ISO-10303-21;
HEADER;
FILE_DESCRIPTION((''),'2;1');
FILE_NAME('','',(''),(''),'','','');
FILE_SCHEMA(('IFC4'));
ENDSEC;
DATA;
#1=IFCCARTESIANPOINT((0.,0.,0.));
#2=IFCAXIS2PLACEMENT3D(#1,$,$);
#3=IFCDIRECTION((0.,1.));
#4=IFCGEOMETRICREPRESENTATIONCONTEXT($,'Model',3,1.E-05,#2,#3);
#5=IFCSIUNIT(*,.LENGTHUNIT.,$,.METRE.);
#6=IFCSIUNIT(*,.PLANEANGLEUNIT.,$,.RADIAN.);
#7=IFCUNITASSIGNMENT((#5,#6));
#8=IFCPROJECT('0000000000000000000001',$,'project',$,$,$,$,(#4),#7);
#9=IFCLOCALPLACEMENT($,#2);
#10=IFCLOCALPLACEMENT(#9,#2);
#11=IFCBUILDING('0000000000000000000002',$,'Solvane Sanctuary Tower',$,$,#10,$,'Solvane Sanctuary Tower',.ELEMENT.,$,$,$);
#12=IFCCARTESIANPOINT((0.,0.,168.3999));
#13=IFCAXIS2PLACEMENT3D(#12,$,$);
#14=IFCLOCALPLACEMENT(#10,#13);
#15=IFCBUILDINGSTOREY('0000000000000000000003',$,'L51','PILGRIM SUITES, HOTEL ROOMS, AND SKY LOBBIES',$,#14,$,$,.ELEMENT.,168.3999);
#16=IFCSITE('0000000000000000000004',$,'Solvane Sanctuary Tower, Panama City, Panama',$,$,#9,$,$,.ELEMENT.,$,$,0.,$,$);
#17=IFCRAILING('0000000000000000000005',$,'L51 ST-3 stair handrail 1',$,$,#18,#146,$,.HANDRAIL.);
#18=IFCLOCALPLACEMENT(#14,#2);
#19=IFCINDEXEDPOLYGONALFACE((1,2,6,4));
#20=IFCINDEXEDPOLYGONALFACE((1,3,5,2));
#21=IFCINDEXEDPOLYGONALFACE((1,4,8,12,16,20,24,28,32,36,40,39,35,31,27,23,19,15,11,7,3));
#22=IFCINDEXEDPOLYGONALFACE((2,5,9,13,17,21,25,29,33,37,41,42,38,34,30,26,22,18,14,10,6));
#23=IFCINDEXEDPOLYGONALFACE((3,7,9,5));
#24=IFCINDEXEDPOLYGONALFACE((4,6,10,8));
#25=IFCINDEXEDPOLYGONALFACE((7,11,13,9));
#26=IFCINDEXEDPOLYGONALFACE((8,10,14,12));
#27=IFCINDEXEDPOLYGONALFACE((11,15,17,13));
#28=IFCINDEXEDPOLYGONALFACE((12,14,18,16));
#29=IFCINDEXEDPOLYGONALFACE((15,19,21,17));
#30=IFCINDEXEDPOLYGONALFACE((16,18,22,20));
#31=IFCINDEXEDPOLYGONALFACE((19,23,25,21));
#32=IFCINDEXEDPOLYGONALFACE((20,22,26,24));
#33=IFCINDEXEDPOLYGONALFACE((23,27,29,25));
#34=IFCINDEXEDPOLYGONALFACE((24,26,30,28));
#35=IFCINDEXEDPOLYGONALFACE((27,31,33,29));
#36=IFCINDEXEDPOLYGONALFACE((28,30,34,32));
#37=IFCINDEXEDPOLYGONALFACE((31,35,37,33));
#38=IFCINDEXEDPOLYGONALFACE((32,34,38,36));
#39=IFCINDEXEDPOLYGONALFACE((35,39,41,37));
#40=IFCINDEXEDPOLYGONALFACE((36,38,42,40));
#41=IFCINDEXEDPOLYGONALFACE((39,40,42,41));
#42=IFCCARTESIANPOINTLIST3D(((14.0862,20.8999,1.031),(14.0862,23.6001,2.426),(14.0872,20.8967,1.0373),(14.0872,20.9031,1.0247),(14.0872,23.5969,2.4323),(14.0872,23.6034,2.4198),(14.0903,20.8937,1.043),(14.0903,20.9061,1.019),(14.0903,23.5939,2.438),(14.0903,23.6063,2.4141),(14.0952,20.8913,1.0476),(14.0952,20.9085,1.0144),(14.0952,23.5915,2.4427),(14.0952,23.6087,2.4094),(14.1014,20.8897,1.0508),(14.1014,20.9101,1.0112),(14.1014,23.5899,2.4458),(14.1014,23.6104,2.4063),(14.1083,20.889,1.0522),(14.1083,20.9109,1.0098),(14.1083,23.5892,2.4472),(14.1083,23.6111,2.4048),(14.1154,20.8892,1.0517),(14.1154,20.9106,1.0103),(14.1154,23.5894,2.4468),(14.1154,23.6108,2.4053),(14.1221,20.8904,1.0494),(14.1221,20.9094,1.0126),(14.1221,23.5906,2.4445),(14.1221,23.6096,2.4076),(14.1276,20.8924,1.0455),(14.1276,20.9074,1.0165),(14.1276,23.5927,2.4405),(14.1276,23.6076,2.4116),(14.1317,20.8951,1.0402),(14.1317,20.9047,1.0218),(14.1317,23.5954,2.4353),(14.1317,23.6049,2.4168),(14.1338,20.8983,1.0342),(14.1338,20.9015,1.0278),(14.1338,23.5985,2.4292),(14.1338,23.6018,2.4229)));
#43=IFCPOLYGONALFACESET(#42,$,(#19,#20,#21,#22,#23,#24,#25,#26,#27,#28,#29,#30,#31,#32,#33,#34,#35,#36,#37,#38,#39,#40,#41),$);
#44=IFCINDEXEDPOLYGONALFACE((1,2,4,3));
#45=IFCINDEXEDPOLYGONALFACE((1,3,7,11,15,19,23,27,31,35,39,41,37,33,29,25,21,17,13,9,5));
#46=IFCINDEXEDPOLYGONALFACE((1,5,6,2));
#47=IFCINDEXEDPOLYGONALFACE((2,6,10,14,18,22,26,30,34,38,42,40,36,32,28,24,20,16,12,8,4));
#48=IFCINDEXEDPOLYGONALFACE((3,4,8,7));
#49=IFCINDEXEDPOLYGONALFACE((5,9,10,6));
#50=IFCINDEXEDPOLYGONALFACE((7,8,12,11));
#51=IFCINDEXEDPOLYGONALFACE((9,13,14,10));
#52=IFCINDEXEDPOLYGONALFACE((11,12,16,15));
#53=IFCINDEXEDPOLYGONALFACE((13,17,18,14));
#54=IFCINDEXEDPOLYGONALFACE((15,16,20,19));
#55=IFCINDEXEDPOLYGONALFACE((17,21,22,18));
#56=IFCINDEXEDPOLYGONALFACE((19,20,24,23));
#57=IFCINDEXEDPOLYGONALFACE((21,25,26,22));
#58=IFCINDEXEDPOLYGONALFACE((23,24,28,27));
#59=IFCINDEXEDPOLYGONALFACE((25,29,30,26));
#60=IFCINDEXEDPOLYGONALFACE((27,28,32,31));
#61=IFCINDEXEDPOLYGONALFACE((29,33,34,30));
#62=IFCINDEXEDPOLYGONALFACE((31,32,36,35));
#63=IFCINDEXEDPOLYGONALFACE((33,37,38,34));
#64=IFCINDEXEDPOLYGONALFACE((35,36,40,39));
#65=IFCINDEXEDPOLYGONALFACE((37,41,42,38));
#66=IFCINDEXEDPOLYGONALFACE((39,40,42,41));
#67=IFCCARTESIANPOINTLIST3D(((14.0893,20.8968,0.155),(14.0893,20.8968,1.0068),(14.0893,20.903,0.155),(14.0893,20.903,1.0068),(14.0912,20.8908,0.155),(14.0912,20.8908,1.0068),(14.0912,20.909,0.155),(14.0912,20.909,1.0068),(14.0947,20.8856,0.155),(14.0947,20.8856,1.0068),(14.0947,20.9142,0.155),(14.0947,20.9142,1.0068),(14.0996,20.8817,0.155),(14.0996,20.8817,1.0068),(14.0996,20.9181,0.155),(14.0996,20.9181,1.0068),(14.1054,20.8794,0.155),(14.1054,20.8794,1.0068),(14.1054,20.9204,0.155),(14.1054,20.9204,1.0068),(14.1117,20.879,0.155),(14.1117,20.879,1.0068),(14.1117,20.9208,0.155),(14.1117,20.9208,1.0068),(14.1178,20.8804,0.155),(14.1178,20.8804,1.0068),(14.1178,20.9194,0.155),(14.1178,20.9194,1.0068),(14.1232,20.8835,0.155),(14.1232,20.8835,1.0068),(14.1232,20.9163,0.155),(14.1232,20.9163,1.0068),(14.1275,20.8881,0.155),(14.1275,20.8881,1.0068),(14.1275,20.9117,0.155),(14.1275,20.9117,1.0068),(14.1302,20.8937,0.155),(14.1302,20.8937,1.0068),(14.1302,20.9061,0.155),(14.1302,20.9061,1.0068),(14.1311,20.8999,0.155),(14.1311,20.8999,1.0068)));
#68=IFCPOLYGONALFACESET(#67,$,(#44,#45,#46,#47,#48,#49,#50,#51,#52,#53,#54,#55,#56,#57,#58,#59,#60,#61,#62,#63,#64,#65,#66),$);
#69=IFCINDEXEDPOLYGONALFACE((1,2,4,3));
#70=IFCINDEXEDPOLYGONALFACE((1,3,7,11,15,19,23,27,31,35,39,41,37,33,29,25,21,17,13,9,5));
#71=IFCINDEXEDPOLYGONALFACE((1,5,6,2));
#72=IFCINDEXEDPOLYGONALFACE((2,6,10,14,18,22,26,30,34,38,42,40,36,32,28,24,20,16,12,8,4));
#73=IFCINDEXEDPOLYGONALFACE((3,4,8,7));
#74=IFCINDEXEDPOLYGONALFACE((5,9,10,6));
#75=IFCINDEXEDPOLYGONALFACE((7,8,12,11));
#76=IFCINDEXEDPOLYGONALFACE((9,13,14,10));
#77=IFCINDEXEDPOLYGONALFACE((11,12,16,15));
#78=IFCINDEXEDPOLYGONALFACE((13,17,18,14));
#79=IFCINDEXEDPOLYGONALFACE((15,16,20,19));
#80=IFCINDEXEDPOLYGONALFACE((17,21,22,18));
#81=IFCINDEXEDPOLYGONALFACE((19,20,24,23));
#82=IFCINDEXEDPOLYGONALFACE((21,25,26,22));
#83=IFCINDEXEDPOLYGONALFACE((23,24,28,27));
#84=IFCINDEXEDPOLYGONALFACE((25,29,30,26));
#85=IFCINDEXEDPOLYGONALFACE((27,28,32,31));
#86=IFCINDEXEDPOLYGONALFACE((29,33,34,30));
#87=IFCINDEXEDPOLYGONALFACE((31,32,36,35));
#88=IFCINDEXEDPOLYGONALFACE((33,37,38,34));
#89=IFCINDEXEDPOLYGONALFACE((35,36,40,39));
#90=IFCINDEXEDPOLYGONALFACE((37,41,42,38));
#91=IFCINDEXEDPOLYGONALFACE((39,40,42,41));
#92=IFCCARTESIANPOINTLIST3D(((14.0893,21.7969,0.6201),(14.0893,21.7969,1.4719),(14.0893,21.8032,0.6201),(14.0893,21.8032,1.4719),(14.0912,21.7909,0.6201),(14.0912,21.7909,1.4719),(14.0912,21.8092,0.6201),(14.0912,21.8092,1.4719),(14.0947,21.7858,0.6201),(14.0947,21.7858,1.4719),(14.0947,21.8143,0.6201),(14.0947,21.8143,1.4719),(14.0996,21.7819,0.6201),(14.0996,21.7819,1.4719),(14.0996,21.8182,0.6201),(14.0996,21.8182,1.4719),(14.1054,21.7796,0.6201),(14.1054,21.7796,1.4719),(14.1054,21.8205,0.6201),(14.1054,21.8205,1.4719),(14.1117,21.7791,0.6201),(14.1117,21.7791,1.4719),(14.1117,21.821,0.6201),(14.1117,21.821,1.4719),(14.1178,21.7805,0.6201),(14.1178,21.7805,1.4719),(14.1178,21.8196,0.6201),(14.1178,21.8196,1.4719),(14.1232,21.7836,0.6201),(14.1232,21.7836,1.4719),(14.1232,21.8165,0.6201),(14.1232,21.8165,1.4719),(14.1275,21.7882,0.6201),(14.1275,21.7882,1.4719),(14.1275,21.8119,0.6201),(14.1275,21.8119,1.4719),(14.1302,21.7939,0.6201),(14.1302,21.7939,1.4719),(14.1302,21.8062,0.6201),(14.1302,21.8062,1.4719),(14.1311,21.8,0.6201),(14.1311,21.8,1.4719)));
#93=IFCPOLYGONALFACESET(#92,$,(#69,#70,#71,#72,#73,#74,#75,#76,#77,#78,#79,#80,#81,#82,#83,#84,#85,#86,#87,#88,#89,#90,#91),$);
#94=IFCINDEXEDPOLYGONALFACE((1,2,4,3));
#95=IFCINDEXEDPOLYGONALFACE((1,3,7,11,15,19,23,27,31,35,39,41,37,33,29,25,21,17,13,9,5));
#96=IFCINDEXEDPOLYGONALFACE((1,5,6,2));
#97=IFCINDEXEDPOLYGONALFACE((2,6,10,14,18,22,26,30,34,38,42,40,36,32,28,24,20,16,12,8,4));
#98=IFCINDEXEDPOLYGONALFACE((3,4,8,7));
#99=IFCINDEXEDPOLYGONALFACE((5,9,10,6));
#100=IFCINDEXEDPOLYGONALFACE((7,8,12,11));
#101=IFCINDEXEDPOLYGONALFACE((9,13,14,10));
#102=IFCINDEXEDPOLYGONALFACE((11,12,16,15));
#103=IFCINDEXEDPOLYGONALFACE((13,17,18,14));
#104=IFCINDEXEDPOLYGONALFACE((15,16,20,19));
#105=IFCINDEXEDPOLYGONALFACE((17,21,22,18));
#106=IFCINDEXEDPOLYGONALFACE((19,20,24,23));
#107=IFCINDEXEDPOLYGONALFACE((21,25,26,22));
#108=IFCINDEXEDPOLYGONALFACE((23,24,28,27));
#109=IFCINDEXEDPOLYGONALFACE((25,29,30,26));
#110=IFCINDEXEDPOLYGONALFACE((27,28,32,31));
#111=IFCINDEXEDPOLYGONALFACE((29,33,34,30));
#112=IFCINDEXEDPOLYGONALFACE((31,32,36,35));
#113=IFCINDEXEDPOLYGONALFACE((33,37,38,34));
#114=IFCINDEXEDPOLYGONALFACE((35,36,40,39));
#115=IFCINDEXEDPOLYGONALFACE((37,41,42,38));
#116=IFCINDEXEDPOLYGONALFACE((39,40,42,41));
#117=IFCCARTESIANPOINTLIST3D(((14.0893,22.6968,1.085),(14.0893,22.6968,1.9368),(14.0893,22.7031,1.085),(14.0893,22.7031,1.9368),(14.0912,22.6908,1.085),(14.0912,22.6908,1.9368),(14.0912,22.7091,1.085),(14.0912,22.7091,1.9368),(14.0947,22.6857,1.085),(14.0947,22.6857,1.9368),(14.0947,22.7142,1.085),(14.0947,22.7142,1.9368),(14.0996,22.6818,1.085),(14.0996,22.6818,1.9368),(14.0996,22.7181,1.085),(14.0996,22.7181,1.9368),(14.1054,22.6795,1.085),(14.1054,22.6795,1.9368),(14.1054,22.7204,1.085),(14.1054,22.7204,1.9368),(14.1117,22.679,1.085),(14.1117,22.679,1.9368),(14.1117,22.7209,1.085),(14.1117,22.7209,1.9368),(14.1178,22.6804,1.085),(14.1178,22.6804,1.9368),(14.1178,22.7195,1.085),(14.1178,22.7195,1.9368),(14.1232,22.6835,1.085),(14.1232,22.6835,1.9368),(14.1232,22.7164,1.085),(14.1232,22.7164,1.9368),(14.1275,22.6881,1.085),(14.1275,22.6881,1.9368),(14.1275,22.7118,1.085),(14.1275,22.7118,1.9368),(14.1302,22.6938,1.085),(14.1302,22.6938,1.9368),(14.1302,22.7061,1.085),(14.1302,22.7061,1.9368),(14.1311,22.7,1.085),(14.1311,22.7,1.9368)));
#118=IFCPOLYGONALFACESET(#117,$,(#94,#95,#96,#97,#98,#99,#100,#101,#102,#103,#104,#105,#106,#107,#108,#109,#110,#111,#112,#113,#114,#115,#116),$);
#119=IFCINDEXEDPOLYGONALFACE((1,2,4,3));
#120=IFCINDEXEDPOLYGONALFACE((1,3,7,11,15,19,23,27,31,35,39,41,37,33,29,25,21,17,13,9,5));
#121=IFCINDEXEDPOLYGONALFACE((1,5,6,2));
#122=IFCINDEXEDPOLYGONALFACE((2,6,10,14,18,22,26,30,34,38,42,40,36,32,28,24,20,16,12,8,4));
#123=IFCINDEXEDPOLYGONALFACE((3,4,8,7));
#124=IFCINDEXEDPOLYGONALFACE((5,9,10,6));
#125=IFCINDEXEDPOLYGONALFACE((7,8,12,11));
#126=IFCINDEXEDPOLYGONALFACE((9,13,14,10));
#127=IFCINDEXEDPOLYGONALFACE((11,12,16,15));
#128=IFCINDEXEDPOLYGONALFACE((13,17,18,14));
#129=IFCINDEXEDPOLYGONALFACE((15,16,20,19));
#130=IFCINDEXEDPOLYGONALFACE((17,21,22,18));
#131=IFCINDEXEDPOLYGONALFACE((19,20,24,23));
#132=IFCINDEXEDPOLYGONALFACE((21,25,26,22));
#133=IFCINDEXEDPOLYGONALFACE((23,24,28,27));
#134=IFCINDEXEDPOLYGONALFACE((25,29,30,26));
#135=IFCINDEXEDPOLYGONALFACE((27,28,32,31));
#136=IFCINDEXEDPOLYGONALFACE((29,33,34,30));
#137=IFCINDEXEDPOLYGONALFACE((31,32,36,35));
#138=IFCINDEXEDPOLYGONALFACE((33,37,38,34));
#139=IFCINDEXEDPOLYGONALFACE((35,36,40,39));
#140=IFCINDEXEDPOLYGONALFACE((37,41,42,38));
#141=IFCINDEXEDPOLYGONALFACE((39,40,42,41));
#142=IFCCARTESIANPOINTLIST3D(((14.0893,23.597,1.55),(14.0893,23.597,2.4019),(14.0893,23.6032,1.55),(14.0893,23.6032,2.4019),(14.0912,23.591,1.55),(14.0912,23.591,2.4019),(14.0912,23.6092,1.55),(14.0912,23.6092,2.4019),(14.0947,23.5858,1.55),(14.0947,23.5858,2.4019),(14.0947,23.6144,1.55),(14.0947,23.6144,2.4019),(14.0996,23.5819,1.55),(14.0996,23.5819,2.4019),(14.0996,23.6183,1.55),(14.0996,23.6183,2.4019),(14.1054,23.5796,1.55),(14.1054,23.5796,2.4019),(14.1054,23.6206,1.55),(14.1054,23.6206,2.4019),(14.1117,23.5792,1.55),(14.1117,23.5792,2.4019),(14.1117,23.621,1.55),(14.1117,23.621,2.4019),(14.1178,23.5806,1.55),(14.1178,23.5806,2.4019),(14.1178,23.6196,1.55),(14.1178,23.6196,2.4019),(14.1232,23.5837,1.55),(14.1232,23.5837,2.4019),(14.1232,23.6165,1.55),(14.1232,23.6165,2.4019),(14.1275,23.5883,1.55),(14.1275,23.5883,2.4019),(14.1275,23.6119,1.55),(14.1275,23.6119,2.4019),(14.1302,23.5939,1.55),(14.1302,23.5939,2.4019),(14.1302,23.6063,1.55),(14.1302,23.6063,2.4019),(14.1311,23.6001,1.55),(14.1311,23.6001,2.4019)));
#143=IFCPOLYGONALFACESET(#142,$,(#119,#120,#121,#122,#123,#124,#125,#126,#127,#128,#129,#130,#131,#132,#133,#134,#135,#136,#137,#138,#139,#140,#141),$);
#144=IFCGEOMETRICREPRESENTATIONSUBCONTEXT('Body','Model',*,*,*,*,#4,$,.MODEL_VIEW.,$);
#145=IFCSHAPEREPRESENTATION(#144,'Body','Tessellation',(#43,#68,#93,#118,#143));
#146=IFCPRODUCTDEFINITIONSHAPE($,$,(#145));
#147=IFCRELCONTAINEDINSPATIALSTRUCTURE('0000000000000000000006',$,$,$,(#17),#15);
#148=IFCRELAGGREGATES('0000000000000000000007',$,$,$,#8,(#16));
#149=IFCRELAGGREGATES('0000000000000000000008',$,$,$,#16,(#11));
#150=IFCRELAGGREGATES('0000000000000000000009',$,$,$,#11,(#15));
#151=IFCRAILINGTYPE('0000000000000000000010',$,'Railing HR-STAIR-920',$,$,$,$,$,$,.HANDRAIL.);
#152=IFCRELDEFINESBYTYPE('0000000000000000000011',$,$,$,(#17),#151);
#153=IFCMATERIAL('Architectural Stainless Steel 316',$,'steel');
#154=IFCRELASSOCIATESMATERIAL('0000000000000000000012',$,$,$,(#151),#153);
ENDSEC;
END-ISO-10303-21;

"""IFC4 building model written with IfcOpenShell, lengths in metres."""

from ifc_helpers import new_model, si_unit, direction, frame, origin, origin_2d, place, context, subcontext, project, spatial, circle, extrude, material, type_object, element, save


model = new_model("IFC4")

# Units and contexts
model_context = context("Model", 3, precision=1e-05, world=origin(), true_north=direction((0.0, 1.0)))
body_context = subcontext(model_context, "Body", "Model", "MODEL_VIEW")
ifc_project = project(units=[si_unit("LENGTHUNIT", "METRE"), si_unit("PLANEANGLEUNIT", "RADIAN")], contexts=[model_context])

# Site, building, storey
site_placement = place(None, origin())
site = spatial("IfcSite", under=ifc_project, at=site_placement, Name="Solvane Sanctuary Tower, Panama City, Panama", CompositionType="ELEMENT", RefElevation=0.0)
building_placement = place(site_placement, origin())
building = spatial("IfcBuilding", under=site, at=building_placement, Name="Solvane Sanctuary Tower", LongName="Solvane Sanctuary Tower", CompositionType="ELEMENT")
storey_placement = place(building_placement, frame((0.0, 0.0, 168.3999)))
storey = spatial("IfcBuildingStorey", under=building, at=storey_placement, Name="L51", Description="PILGRIM SUITES, HOTEL ROOMS, AND SKY LOBBIES", CompositionType="ELEMENT", Elevation=168.3999)

# Shared definitions
ifc_material_1 = material(Name="Architectural Stainless Steel 316", Category="steel")

# Railing
railing_type_1 = type_object("IfcRailingType", Name="Railing HR-STAIR-920", PredefinedType="HANDRAIL", material=ifc_material_1)
railing_1_placement = place(storey_placement, frame((14.1101, 20.8999, 0.155)))
element("IfcRailing", 1, at=railing_1_placement, inside=storey, type_object=railing_type_1, Name="L51 ST-3 stair handrail 1", PredefinedType="HANDRAIL", context=body_context, shape_type="SweptSolid", body=[
    extrude(circle(Radius=0.0239, at=origin_2d()), frame((0.0, 0.0, 0.876), z_axis=(0.0, 0.888437, 0.458999), x_axis=(-1.0, 0.0, 0.0)), (0.0, 0.0, 1.0), 3.0393),
    extrude(circle(Radius=0.021, at=origin_2d()), origin(), (0.0, 0.0, 1.0), 0.8518),
    extrude(circle(Radius=0.021, at=origin_2d()), frame((0.0, 0.9001, 0.4651)), (0.0, 0.0, 1.0), 0.8518),
    extrude(circle(Radius=0.021, at=origin_2d()), frame((0.0, 1.8, 0.9299)), (0.0, 0.0, 1.0), 0.8518),
    extrude(circle(Radius=0.021, at=origin_2d()), frame((0.0, 2.7002, 1.395)), (0.0, 0.0, 1.0), 0.8518),
])

save(model, "model.ifc")
